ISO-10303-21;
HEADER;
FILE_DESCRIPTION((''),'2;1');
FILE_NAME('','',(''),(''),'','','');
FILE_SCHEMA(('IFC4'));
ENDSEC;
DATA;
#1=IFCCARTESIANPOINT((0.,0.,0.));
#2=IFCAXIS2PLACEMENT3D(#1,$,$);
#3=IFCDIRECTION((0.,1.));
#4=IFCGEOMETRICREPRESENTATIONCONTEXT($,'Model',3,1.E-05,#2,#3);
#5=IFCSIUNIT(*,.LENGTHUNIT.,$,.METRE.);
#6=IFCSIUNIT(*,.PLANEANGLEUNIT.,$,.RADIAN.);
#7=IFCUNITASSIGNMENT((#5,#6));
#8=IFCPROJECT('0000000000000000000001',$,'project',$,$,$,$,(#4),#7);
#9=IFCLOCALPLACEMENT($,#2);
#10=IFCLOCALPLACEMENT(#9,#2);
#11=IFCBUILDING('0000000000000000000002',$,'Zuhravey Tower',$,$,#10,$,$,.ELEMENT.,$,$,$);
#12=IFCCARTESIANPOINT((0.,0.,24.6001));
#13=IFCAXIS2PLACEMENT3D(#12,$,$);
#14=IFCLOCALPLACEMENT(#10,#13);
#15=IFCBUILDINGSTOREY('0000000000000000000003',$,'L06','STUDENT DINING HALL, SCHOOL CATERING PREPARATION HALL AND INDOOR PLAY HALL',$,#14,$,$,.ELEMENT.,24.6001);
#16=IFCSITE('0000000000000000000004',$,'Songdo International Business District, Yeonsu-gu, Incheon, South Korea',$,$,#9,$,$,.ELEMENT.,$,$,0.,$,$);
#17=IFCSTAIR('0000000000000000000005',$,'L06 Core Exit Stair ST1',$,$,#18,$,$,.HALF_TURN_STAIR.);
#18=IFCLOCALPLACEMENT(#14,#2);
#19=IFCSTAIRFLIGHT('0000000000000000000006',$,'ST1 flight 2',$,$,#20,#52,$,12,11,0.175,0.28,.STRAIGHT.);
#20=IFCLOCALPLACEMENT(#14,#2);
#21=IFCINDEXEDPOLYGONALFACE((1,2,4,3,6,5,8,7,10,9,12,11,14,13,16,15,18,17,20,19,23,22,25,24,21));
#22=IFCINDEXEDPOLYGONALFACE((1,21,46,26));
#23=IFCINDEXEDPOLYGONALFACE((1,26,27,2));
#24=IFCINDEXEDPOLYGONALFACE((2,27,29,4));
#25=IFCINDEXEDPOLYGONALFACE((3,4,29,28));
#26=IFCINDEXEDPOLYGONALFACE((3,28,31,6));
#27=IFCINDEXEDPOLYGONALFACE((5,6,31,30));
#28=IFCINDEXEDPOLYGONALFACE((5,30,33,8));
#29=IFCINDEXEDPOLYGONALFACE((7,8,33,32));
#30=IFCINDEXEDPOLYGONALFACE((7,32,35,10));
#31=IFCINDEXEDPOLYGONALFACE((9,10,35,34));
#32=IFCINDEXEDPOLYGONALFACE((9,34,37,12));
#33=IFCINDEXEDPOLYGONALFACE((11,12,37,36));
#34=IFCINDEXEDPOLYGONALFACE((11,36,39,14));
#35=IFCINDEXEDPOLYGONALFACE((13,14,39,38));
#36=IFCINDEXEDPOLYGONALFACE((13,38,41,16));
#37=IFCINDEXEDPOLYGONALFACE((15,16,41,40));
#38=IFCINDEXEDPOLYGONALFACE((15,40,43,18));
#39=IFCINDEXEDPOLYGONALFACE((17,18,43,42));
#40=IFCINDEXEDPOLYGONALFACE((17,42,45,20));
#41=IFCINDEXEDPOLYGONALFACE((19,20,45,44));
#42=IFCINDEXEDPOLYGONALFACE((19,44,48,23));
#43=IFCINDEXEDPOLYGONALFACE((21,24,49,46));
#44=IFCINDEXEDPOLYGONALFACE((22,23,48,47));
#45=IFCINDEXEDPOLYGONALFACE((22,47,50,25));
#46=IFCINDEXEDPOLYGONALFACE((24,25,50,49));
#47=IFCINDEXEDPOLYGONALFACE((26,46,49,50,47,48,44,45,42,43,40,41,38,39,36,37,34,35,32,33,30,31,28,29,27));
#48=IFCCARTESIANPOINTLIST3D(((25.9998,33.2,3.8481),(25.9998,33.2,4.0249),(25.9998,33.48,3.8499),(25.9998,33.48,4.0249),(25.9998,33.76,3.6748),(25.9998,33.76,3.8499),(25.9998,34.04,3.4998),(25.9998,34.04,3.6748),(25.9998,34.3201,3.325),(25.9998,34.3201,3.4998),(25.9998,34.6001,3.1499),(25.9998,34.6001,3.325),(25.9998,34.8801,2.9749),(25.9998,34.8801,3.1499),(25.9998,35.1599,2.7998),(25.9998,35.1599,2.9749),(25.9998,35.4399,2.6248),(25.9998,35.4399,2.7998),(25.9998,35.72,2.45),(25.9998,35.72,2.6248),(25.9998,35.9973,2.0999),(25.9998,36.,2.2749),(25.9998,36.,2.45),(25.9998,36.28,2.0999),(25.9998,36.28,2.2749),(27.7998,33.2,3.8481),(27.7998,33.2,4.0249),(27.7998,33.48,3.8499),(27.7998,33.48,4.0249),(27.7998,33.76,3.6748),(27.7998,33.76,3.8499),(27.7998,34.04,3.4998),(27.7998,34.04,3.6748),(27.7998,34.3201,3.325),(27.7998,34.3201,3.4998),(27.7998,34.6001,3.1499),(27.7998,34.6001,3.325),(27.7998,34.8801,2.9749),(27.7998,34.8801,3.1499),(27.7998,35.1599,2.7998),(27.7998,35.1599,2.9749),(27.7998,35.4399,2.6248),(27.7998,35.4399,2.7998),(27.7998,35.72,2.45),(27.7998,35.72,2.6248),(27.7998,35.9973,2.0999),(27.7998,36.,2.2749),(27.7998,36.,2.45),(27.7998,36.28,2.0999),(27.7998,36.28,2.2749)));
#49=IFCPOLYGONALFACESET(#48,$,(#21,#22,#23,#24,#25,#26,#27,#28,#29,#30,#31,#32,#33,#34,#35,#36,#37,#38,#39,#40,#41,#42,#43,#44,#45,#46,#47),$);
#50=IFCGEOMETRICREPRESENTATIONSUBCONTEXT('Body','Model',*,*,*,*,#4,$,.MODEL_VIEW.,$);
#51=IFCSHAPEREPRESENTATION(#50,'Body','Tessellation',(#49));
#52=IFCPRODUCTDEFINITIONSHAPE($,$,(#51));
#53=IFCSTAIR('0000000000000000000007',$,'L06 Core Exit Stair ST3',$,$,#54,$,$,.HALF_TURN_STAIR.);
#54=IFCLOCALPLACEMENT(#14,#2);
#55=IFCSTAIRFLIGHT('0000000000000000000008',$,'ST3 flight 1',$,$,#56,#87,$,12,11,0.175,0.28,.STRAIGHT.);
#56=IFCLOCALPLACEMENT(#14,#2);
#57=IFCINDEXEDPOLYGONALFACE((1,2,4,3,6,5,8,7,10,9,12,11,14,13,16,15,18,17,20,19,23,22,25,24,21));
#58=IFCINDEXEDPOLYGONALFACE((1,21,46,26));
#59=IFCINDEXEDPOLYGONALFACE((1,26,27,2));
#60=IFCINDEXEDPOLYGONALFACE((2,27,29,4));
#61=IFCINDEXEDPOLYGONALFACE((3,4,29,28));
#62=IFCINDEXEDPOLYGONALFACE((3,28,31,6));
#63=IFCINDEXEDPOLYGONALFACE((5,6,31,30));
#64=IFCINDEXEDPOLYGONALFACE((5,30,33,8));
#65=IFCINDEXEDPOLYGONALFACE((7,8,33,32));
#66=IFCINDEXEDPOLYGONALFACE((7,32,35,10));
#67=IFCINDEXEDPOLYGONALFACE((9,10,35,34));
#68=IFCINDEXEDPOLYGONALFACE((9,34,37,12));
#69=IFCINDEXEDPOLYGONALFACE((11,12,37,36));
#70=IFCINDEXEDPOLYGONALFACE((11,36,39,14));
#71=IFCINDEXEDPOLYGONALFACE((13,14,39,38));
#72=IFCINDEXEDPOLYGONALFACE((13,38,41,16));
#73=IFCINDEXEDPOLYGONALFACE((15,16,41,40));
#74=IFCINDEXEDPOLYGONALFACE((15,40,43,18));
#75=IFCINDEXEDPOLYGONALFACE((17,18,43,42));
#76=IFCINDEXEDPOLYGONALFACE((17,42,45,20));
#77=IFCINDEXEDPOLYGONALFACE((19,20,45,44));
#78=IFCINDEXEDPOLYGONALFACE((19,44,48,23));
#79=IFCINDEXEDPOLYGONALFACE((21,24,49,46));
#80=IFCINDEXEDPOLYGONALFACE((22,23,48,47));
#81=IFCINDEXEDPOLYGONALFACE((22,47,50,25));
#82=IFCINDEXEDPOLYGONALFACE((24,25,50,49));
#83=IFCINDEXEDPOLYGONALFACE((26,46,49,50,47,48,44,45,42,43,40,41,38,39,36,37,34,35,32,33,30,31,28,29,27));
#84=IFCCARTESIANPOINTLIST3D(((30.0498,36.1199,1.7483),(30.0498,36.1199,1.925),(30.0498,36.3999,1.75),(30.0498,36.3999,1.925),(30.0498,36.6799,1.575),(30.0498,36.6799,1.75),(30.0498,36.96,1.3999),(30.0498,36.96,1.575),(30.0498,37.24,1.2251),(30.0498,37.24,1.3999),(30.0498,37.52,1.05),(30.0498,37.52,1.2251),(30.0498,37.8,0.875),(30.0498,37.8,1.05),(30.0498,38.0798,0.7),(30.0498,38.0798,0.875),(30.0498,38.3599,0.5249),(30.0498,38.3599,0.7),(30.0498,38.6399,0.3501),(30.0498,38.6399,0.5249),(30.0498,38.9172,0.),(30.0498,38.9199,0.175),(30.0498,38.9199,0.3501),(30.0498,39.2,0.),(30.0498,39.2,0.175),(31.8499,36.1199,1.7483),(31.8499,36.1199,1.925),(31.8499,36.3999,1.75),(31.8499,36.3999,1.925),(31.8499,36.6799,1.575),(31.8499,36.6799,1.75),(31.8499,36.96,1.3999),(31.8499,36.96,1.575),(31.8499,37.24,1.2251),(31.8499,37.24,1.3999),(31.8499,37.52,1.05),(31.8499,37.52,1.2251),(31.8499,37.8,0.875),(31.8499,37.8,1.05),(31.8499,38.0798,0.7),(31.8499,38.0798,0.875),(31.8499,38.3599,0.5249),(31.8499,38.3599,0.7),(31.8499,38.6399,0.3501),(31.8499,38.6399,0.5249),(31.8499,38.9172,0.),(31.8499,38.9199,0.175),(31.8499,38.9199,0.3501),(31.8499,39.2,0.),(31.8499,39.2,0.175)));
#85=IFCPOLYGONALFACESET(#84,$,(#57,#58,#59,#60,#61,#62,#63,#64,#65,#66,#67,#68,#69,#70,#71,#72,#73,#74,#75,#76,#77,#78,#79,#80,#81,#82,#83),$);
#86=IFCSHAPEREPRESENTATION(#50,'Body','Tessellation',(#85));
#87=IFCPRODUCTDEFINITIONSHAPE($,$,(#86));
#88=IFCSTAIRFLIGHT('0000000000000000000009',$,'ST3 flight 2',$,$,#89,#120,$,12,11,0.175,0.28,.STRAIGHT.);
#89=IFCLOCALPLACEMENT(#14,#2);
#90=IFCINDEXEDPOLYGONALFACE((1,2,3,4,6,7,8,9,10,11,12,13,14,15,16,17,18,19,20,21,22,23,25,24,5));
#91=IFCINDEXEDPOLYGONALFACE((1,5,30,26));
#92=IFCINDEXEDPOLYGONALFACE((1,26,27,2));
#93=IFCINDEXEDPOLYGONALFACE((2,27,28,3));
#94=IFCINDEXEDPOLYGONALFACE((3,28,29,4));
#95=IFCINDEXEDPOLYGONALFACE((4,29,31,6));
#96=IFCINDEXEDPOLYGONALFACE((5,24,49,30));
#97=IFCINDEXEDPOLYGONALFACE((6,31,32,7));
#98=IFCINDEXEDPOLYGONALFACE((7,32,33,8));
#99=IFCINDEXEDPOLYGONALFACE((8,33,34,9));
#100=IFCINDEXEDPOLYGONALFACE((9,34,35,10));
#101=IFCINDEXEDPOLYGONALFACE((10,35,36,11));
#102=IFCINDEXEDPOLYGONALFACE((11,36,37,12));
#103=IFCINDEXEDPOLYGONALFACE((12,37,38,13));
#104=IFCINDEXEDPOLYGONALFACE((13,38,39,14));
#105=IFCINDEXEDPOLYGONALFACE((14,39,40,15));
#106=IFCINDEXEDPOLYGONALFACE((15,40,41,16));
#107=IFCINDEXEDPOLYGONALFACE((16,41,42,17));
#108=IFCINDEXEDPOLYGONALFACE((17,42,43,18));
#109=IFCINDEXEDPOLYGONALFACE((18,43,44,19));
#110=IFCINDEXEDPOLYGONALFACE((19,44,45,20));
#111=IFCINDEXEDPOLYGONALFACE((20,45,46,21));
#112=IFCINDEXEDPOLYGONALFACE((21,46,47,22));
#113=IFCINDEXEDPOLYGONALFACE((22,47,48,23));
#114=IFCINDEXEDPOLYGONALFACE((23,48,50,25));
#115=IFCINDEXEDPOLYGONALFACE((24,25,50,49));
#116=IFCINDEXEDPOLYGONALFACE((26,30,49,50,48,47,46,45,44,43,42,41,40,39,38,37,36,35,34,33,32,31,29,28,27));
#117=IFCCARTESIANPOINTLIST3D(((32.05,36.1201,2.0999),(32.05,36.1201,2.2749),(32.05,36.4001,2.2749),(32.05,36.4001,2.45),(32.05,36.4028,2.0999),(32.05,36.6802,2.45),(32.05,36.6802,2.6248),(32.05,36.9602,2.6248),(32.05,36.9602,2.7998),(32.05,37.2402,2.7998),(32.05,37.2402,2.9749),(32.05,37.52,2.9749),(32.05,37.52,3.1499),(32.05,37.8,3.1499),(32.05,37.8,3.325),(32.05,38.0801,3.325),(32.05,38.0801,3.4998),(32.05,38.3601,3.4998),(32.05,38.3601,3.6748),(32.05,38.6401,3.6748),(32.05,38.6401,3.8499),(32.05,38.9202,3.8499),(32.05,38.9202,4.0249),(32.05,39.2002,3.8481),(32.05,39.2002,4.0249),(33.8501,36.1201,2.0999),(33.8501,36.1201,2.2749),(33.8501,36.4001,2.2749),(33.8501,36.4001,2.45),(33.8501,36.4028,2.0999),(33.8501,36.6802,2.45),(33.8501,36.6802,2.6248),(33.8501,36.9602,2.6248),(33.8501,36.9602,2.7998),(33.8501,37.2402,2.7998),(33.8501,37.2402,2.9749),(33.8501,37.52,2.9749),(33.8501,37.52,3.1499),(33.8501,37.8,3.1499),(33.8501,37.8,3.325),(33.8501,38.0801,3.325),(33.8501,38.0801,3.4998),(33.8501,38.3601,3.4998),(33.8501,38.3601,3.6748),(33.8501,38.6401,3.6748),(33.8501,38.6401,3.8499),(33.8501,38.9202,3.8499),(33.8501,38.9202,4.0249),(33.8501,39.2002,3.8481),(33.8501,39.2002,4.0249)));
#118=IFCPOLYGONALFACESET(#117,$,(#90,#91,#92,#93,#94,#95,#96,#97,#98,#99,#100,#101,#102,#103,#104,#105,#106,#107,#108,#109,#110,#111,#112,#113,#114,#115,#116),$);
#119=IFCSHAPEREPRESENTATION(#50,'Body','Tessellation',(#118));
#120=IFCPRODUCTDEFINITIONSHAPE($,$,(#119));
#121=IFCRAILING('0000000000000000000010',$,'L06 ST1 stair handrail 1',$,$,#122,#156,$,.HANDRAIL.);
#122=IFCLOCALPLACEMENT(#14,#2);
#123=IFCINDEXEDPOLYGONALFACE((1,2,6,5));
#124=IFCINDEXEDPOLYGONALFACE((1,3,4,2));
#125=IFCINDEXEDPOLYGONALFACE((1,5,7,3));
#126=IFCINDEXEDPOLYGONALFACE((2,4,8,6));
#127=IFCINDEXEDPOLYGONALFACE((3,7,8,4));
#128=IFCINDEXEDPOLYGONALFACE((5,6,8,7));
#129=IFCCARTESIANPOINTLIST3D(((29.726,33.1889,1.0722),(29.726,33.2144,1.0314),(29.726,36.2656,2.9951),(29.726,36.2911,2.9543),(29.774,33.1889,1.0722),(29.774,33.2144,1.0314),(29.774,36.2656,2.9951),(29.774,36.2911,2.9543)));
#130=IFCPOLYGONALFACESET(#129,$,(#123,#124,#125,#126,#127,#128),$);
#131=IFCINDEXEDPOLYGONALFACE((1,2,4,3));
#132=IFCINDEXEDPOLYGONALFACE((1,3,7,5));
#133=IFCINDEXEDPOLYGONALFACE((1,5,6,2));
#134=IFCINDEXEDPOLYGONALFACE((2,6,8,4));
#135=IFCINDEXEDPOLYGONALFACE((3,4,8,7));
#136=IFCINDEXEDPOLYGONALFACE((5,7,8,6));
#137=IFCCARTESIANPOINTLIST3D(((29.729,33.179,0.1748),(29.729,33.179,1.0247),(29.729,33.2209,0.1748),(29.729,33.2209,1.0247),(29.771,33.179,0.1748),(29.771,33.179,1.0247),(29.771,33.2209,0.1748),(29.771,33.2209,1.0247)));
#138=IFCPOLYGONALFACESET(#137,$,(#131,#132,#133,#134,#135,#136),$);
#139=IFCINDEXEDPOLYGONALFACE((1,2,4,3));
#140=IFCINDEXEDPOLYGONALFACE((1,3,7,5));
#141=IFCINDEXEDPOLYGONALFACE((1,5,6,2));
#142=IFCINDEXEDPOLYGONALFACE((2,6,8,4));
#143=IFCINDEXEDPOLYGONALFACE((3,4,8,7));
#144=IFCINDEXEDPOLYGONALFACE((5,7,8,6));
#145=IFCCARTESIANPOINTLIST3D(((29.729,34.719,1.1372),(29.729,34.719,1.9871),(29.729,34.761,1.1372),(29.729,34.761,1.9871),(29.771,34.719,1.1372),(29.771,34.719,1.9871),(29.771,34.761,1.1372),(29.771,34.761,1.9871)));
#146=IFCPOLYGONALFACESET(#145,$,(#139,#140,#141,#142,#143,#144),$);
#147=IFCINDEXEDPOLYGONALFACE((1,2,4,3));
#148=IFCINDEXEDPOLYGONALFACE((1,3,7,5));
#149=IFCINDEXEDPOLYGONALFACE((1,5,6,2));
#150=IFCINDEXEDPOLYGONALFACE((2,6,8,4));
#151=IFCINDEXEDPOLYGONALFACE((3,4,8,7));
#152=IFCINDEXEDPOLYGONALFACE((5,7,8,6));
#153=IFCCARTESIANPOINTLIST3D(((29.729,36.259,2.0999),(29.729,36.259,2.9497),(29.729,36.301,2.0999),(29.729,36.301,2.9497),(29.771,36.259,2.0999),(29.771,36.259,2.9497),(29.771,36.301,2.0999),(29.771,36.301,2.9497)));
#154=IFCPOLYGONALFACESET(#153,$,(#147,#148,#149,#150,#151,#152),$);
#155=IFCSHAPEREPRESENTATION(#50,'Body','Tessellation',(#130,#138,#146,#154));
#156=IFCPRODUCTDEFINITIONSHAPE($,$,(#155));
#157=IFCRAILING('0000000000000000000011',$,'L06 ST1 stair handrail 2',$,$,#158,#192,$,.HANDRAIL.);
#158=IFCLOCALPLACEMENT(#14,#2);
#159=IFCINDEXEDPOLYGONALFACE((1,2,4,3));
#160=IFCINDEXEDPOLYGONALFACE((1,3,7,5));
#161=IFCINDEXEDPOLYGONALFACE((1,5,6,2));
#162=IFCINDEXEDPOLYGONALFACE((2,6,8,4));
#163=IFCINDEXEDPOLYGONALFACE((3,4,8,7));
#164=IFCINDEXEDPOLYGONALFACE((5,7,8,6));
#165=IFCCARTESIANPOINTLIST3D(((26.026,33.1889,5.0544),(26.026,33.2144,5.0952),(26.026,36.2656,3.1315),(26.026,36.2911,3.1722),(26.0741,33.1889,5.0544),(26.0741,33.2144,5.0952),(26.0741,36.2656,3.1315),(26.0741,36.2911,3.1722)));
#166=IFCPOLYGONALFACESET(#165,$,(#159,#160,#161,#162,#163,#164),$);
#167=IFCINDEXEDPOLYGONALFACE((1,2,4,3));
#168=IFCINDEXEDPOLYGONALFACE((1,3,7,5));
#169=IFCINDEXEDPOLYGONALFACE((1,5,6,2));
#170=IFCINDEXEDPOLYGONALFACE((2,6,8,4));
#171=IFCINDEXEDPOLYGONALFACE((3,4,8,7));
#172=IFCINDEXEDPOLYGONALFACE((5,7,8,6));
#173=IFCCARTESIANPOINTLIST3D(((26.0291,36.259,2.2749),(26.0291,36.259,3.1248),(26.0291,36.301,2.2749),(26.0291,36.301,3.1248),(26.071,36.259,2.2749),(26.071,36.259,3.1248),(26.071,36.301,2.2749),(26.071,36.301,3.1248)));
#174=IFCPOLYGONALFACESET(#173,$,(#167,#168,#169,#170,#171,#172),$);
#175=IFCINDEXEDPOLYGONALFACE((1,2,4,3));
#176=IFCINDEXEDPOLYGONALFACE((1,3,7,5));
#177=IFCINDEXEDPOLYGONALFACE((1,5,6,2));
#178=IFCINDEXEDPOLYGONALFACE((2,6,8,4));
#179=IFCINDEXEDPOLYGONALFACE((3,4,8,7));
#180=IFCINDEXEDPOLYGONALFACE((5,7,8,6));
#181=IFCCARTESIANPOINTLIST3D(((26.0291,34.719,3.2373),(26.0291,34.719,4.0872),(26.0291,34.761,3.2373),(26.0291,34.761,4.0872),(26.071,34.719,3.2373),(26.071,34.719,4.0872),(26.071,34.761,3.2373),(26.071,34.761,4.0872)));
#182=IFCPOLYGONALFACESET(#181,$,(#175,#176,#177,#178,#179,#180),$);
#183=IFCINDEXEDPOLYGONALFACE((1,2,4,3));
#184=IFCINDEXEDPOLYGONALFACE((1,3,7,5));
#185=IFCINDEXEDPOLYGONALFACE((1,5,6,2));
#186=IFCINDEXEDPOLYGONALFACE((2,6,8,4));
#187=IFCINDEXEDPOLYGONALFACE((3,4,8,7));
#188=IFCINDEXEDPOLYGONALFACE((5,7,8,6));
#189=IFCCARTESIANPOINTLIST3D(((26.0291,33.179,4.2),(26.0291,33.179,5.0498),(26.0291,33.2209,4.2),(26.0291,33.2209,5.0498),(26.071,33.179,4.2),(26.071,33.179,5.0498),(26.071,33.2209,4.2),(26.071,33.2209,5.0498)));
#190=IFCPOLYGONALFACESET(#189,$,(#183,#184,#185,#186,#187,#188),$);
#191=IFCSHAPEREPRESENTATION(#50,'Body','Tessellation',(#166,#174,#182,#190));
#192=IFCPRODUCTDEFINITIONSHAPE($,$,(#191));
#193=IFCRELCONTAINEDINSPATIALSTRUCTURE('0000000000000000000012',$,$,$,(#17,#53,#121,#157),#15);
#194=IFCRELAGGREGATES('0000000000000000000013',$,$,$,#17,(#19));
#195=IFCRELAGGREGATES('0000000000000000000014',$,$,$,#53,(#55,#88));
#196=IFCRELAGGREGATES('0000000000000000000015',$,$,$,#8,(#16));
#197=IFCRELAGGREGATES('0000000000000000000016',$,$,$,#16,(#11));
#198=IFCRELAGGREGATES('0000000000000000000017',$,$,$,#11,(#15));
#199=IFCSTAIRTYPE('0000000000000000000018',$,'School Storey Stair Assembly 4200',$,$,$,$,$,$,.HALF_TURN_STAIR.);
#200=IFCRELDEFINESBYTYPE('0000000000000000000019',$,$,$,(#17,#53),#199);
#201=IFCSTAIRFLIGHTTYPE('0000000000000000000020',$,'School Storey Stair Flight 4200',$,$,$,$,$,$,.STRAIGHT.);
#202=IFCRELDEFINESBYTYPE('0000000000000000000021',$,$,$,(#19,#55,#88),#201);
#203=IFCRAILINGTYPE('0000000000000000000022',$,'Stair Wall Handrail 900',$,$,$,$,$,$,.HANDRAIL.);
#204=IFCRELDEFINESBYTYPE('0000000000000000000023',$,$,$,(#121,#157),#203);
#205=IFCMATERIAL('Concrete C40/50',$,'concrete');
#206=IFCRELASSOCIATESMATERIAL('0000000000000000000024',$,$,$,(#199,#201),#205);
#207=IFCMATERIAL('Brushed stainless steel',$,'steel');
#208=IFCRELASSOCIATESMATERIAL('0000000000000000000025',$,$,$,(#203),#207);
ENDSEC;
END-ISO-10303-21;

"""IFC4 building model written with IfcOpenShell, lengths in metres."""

from ifc_helpers import new_model, si_unit, direction, frame, origin, origin_2d, place, context, subcontext, project, spatial, polyline, rectangle, outline, extrude, material, type_object, element, aggregate, save


model = new_model("IFC4")

# Units and contexts
model_context = context("Model", 3, precision=1e-05, world=origin(), true_north=direction((0.0, 1.0)))
body_context = subcontext(model_context, "Body", "Model", "MODEL_VIEW")
ifc_project = project(units=[si_unit("LENGTHUNIT", "METRE"), si_unit("PLANEANGLEUNIT", "RADIAN")], contexts=[model_context])

# Site, building, storey
site_placement = place(None, origin())
site = spatial("IfcSite", under=ifc_project, at=site_placement, Name="Songdo International Business District, Yeonsu-gu, Incheon, South Korea", CompositionType="ELEMENT", RefElevation=0.0)
building_placement = place(site_placement, origin())
building = spatial("IfcBuilding", under=site, at=building_placement, Name="Zuhravey Tower", CompositionType="ELEMENT")
storey_placement = place(building_placement, frame((0.0, 0.0, 24.6001)))
storey = spatial("IfcBuildingStorey", under=building, at=storey_placement, Name="L06", Description="STUDENT DINING HALL, SCHOOL CATERING PREPARATION HALL AND INDOOR PLAY HALL", CompositionType="ELEMENT", Elevation=24.6001)

# Stairs, stair flights
ifc_material_1 = material(Name="Concrete C40/50", Category="concrete")
stair_type = type_object("IfcStairType", Name="School Storey Stair Assembly 4200", PredefinedType="HALF_TURN_STAIR", material=ifc_material_1)
stair_1_placement = place(storey_placement, origin())
stair_1 = element("IfcStair", 1, at=stair_1_placement, inside=storey, type_object=stair_type, Name="L06 Core Exit Stair ST1", PredefinedType="HALF_TURN_STAIR")
stair_flight_type = type_object("IfcStairFlightType", Name="School Storey Stair Flight 4200", PredefinedType="STRAIGHT", material=ifc_material_1)
stair_flight_1_placement = place(storey_placement, frame((26.8999, 36.28, 2.0999), z_axis=(0.0, 0.0, 1.0), x_axis=(0.0, -1.0, 0.0)))
stair_flight_1 = element("IfcStairFlight", 2, at=stair_flight_1_placement, type_object=stair_flight_type, Name="ST1 flight 2", NumberOfRisers=12, NumberOfTreads=11, PredefinedType="STRAIGHT", RiserHeight=0.175, TreadLength=0.28, context=body_context, shape_type="SweptSolid", body=[
    extrude(outline(polyline([(0.0, 0.0), (0.0, 0.175), (0.28, 0.175), (0.28, 0.3501), (0.5601, 0.3501), (0.5601, 0.5249), (0.8401, 0.5249), (0.8401, 0.7), (1.1201, 0.7), (1.1201, 0.875), (1.3999, 0.875), (1.3999, 1.05), (1.6799, 1.05), (1.6799, 1.2251), (1.96, 1.2251), (1.96, 1.3999), (2.24, 1.3999), (2.24, 1.575), (2.52, 1.575), (2.52, 1.75), (2.8, 1.75), (2.8, 1.925), (3.0801, 1.925), (3.0801, 2.1001), (3.0801, 1.7483), (0.2827, 0.0), (0.0, 0.0)])), frame((0.0, 0.8999, 0.0), z_axis=(0.0, -1.0, 0.0), x_axis=(1.0, 0.0, 0.0)), (0.0, 0.0, 1.0), 1.8),
])
aggregate(stair_1, [stair_flight_1])
stair_2_placement = place(storey_placement, origin())
stair_2 = element("IfcStair", 3, at=stair_2_placement, inside=storey, type_object=stair_type, Name="L06 Core Exit Stair ST3", PredefinedType="HALF_TURN_STAIR")
stair_flight_2_placement = place(storey_placement, frame((30.95, 39.2, 0.0), z_axis=(0.0, 0.0, 1.0), x_axis=(0.0, -1.0, 0.0)))
stair_flight_2 = element("IfcStairFlight", 4, at=stair_flight_2_placement, type_object=stair_flight_type, Name="ST3 flight 1", NumberOfRisers=12, NumberOfTreads=11, PredefinedType="STRAIGHT", RiserHeight=0.175, TreadLength=0.28, context=body_context, shape_type="SweptSolid", body=[
    extrude(outline(polyline([(0.0, 0.0), (0.0, 0.175), (0.28, 0.175), (0.28, 0.3501), (0.5601, 0.3501), (0.5601, 0.5249), (0.8401, 0.5249), (0.8401, 0.7), (1.1201, 0.7), (1.1201, 0.875), (1.3999, 0.875), (1.3999, 1.05), (1.6799, 1.05), (1.6799, 1.2251), (1.96, 1.2251), (1.96, 1.3999), (2.24, 1.3999), (2.24, 1.575), (2.52, 1.575), (2.52, 1.75), (2.8, 1.75), (2.8, 1.925), (3.0801, 1.925), (3.0801, 2.1001), (3.0801, 1.7483), (0.2827, 0.0), (0.0, 0.0)])), frame((0.0, 0.8999, 0.0), z_axis=(0.0, -1.0, 0.0), x_axis=(1.0, 0.0, 0.0)), (0.0, 0.0, 1.0), 1.8),
])
stair_flight_3_placement = place(storey_placement, frame((32.95, 36.1201, 2.0999), z_axis=(0.0, 0.0, 1.0), x_axis=(0.0, 1.0, 0.0)))
stair_flight_3 = element("IfcStairFlight", 5, at=stair_flight_3_placement, type_object=stair_flight_type, Name="ST3 flight 2", NumberOfRisers=12, NumberOfTreads=11, PredefinedType="STRAIGHT", RiserHeight=0.175, TreadLength=0.28, context=body_context, shape_type="SweptSolid", body=[
    extrude(outline(polyline([(0.0, 0.0), (0.0, 0.175), (0.28, 0.175), (0.28, 0.3501), (0.5601, 0.3501), (0.5601, 0.5249), (0.8401, 0.5249), (0.8401, 0.7), (1.1201, 0.7), (1.1201, 0.875), (1.3999, 0.875), (1.3999, 1.05), (1.6799, 1.05), (1.6799, 1.2251), (1.96, 1.2251), (1.96, 1.3999), (2.24, 1.3999), (2.24, 1.575), (2.52, 1.575), (2.52, 1.75), (2.8, 1.75), (2.8, 1.925), (3.0801, 1.925), (3.0801, 2.1001), (3.0801, 1.7483), (0.2827, 0.0), (0.0, 0.0)])), frame((0.0, 0.8999, 0.0), z_axis=(0.0, -1.0, 0.0), x_axis=(1.0, 0.0, 0.0)), (0.0, 0.0, 1.0), 1.8),
])
aggregate(stair_2, [stair_flight_2, stair_flight_3])

# Railings
ifc_material_2 = material(Name="Brushed stainless steel", Category="steel")
railing_type_1 = type_object("IfcRailingType", Name="Stair Wall Handrail 900", PredefinedType="HANDRAIL", material=ifc_material_2)
railing_1_placement = place(storey_placement, frame((29.75, 33.2, 0.1748)))
element("IfcRailing", 6, at=railing_1_placement, inside=storey, type_object=railing_type_1, Name="L06 ST1 stair handrail 1", PredefinedType="HANDRAIL", context=body_context, shape_type="SweptSolid", body=[
    extrude(rectangle(XDim=0.0481, YDim=0.0481, at=origin_2d()), frame((0.0, 0.0017, 0.877), z_axis=(0.0, 0.847998, 0.529999), x_axis=(-1.0, 0.0, 0.0)), (0.0, 0.0, 1.0), 3.6282),
    extrude(rectangle(XDim=0.042, YDim=0.042, at=origin_2d()), origin(), (0.0, 0.0, 1.0), 0.8499),
    extrude(rectangle(XDim=0.042, YDim=0.042, at=origin_2d()), frame((0.0, 1.54, 0.9624)), (0.0, 0.0, 1.0), 0.8499),
    extrude(rectangle(XDim=0.042, YDim=0.042, at=origin_2d()), frame((0.0, 3.0801, 1.925)), (0.0, 0.0, 1.0), 0.8499),
])
railing_2_placement = place(storey_placement, frame((26.05, 36.28, 2.2749)))
element("IfcRailing", 7, at=railing_2_placement, inside=storey, type_object=railing_type_1, Name="L06 ST1 stair handrail 2", PredefinedType="HANDRAIL", context=body_context, shape_type="SweptSolid", body=[
    extrude(rectangle(XDim=0.0481, YDim=0.0481, at=origin_2d()), frame((0.0, -0.0017, 0.877), z_axis=(0.0, -0.847998, 0.529999), x_axis=(1.0, 0.0, 0.0)), (0.0, 0.0, 1.0), 3.6282),
    extrude(rectangle(XDim=0.042, YDim=0.042, at=origin_2d()), origin(), (0.0, 0.0, 1.0), 0.8499),
    extrude(rectangle(XDim=0.042, YDim=0.042, at=origin_2d()), frame((0.0, -1.54, 0.9624)), (0.0, 0.0, 1.0), 0.8499),
    extrude(rectangle(XDim=0.042, YDim=0.042, at=origin_2d()), frame((0.0, -3.0801, 1.925)), (0.0, 0.0, 1.0), 0.8499),
])

save(model, "model.ifc")
